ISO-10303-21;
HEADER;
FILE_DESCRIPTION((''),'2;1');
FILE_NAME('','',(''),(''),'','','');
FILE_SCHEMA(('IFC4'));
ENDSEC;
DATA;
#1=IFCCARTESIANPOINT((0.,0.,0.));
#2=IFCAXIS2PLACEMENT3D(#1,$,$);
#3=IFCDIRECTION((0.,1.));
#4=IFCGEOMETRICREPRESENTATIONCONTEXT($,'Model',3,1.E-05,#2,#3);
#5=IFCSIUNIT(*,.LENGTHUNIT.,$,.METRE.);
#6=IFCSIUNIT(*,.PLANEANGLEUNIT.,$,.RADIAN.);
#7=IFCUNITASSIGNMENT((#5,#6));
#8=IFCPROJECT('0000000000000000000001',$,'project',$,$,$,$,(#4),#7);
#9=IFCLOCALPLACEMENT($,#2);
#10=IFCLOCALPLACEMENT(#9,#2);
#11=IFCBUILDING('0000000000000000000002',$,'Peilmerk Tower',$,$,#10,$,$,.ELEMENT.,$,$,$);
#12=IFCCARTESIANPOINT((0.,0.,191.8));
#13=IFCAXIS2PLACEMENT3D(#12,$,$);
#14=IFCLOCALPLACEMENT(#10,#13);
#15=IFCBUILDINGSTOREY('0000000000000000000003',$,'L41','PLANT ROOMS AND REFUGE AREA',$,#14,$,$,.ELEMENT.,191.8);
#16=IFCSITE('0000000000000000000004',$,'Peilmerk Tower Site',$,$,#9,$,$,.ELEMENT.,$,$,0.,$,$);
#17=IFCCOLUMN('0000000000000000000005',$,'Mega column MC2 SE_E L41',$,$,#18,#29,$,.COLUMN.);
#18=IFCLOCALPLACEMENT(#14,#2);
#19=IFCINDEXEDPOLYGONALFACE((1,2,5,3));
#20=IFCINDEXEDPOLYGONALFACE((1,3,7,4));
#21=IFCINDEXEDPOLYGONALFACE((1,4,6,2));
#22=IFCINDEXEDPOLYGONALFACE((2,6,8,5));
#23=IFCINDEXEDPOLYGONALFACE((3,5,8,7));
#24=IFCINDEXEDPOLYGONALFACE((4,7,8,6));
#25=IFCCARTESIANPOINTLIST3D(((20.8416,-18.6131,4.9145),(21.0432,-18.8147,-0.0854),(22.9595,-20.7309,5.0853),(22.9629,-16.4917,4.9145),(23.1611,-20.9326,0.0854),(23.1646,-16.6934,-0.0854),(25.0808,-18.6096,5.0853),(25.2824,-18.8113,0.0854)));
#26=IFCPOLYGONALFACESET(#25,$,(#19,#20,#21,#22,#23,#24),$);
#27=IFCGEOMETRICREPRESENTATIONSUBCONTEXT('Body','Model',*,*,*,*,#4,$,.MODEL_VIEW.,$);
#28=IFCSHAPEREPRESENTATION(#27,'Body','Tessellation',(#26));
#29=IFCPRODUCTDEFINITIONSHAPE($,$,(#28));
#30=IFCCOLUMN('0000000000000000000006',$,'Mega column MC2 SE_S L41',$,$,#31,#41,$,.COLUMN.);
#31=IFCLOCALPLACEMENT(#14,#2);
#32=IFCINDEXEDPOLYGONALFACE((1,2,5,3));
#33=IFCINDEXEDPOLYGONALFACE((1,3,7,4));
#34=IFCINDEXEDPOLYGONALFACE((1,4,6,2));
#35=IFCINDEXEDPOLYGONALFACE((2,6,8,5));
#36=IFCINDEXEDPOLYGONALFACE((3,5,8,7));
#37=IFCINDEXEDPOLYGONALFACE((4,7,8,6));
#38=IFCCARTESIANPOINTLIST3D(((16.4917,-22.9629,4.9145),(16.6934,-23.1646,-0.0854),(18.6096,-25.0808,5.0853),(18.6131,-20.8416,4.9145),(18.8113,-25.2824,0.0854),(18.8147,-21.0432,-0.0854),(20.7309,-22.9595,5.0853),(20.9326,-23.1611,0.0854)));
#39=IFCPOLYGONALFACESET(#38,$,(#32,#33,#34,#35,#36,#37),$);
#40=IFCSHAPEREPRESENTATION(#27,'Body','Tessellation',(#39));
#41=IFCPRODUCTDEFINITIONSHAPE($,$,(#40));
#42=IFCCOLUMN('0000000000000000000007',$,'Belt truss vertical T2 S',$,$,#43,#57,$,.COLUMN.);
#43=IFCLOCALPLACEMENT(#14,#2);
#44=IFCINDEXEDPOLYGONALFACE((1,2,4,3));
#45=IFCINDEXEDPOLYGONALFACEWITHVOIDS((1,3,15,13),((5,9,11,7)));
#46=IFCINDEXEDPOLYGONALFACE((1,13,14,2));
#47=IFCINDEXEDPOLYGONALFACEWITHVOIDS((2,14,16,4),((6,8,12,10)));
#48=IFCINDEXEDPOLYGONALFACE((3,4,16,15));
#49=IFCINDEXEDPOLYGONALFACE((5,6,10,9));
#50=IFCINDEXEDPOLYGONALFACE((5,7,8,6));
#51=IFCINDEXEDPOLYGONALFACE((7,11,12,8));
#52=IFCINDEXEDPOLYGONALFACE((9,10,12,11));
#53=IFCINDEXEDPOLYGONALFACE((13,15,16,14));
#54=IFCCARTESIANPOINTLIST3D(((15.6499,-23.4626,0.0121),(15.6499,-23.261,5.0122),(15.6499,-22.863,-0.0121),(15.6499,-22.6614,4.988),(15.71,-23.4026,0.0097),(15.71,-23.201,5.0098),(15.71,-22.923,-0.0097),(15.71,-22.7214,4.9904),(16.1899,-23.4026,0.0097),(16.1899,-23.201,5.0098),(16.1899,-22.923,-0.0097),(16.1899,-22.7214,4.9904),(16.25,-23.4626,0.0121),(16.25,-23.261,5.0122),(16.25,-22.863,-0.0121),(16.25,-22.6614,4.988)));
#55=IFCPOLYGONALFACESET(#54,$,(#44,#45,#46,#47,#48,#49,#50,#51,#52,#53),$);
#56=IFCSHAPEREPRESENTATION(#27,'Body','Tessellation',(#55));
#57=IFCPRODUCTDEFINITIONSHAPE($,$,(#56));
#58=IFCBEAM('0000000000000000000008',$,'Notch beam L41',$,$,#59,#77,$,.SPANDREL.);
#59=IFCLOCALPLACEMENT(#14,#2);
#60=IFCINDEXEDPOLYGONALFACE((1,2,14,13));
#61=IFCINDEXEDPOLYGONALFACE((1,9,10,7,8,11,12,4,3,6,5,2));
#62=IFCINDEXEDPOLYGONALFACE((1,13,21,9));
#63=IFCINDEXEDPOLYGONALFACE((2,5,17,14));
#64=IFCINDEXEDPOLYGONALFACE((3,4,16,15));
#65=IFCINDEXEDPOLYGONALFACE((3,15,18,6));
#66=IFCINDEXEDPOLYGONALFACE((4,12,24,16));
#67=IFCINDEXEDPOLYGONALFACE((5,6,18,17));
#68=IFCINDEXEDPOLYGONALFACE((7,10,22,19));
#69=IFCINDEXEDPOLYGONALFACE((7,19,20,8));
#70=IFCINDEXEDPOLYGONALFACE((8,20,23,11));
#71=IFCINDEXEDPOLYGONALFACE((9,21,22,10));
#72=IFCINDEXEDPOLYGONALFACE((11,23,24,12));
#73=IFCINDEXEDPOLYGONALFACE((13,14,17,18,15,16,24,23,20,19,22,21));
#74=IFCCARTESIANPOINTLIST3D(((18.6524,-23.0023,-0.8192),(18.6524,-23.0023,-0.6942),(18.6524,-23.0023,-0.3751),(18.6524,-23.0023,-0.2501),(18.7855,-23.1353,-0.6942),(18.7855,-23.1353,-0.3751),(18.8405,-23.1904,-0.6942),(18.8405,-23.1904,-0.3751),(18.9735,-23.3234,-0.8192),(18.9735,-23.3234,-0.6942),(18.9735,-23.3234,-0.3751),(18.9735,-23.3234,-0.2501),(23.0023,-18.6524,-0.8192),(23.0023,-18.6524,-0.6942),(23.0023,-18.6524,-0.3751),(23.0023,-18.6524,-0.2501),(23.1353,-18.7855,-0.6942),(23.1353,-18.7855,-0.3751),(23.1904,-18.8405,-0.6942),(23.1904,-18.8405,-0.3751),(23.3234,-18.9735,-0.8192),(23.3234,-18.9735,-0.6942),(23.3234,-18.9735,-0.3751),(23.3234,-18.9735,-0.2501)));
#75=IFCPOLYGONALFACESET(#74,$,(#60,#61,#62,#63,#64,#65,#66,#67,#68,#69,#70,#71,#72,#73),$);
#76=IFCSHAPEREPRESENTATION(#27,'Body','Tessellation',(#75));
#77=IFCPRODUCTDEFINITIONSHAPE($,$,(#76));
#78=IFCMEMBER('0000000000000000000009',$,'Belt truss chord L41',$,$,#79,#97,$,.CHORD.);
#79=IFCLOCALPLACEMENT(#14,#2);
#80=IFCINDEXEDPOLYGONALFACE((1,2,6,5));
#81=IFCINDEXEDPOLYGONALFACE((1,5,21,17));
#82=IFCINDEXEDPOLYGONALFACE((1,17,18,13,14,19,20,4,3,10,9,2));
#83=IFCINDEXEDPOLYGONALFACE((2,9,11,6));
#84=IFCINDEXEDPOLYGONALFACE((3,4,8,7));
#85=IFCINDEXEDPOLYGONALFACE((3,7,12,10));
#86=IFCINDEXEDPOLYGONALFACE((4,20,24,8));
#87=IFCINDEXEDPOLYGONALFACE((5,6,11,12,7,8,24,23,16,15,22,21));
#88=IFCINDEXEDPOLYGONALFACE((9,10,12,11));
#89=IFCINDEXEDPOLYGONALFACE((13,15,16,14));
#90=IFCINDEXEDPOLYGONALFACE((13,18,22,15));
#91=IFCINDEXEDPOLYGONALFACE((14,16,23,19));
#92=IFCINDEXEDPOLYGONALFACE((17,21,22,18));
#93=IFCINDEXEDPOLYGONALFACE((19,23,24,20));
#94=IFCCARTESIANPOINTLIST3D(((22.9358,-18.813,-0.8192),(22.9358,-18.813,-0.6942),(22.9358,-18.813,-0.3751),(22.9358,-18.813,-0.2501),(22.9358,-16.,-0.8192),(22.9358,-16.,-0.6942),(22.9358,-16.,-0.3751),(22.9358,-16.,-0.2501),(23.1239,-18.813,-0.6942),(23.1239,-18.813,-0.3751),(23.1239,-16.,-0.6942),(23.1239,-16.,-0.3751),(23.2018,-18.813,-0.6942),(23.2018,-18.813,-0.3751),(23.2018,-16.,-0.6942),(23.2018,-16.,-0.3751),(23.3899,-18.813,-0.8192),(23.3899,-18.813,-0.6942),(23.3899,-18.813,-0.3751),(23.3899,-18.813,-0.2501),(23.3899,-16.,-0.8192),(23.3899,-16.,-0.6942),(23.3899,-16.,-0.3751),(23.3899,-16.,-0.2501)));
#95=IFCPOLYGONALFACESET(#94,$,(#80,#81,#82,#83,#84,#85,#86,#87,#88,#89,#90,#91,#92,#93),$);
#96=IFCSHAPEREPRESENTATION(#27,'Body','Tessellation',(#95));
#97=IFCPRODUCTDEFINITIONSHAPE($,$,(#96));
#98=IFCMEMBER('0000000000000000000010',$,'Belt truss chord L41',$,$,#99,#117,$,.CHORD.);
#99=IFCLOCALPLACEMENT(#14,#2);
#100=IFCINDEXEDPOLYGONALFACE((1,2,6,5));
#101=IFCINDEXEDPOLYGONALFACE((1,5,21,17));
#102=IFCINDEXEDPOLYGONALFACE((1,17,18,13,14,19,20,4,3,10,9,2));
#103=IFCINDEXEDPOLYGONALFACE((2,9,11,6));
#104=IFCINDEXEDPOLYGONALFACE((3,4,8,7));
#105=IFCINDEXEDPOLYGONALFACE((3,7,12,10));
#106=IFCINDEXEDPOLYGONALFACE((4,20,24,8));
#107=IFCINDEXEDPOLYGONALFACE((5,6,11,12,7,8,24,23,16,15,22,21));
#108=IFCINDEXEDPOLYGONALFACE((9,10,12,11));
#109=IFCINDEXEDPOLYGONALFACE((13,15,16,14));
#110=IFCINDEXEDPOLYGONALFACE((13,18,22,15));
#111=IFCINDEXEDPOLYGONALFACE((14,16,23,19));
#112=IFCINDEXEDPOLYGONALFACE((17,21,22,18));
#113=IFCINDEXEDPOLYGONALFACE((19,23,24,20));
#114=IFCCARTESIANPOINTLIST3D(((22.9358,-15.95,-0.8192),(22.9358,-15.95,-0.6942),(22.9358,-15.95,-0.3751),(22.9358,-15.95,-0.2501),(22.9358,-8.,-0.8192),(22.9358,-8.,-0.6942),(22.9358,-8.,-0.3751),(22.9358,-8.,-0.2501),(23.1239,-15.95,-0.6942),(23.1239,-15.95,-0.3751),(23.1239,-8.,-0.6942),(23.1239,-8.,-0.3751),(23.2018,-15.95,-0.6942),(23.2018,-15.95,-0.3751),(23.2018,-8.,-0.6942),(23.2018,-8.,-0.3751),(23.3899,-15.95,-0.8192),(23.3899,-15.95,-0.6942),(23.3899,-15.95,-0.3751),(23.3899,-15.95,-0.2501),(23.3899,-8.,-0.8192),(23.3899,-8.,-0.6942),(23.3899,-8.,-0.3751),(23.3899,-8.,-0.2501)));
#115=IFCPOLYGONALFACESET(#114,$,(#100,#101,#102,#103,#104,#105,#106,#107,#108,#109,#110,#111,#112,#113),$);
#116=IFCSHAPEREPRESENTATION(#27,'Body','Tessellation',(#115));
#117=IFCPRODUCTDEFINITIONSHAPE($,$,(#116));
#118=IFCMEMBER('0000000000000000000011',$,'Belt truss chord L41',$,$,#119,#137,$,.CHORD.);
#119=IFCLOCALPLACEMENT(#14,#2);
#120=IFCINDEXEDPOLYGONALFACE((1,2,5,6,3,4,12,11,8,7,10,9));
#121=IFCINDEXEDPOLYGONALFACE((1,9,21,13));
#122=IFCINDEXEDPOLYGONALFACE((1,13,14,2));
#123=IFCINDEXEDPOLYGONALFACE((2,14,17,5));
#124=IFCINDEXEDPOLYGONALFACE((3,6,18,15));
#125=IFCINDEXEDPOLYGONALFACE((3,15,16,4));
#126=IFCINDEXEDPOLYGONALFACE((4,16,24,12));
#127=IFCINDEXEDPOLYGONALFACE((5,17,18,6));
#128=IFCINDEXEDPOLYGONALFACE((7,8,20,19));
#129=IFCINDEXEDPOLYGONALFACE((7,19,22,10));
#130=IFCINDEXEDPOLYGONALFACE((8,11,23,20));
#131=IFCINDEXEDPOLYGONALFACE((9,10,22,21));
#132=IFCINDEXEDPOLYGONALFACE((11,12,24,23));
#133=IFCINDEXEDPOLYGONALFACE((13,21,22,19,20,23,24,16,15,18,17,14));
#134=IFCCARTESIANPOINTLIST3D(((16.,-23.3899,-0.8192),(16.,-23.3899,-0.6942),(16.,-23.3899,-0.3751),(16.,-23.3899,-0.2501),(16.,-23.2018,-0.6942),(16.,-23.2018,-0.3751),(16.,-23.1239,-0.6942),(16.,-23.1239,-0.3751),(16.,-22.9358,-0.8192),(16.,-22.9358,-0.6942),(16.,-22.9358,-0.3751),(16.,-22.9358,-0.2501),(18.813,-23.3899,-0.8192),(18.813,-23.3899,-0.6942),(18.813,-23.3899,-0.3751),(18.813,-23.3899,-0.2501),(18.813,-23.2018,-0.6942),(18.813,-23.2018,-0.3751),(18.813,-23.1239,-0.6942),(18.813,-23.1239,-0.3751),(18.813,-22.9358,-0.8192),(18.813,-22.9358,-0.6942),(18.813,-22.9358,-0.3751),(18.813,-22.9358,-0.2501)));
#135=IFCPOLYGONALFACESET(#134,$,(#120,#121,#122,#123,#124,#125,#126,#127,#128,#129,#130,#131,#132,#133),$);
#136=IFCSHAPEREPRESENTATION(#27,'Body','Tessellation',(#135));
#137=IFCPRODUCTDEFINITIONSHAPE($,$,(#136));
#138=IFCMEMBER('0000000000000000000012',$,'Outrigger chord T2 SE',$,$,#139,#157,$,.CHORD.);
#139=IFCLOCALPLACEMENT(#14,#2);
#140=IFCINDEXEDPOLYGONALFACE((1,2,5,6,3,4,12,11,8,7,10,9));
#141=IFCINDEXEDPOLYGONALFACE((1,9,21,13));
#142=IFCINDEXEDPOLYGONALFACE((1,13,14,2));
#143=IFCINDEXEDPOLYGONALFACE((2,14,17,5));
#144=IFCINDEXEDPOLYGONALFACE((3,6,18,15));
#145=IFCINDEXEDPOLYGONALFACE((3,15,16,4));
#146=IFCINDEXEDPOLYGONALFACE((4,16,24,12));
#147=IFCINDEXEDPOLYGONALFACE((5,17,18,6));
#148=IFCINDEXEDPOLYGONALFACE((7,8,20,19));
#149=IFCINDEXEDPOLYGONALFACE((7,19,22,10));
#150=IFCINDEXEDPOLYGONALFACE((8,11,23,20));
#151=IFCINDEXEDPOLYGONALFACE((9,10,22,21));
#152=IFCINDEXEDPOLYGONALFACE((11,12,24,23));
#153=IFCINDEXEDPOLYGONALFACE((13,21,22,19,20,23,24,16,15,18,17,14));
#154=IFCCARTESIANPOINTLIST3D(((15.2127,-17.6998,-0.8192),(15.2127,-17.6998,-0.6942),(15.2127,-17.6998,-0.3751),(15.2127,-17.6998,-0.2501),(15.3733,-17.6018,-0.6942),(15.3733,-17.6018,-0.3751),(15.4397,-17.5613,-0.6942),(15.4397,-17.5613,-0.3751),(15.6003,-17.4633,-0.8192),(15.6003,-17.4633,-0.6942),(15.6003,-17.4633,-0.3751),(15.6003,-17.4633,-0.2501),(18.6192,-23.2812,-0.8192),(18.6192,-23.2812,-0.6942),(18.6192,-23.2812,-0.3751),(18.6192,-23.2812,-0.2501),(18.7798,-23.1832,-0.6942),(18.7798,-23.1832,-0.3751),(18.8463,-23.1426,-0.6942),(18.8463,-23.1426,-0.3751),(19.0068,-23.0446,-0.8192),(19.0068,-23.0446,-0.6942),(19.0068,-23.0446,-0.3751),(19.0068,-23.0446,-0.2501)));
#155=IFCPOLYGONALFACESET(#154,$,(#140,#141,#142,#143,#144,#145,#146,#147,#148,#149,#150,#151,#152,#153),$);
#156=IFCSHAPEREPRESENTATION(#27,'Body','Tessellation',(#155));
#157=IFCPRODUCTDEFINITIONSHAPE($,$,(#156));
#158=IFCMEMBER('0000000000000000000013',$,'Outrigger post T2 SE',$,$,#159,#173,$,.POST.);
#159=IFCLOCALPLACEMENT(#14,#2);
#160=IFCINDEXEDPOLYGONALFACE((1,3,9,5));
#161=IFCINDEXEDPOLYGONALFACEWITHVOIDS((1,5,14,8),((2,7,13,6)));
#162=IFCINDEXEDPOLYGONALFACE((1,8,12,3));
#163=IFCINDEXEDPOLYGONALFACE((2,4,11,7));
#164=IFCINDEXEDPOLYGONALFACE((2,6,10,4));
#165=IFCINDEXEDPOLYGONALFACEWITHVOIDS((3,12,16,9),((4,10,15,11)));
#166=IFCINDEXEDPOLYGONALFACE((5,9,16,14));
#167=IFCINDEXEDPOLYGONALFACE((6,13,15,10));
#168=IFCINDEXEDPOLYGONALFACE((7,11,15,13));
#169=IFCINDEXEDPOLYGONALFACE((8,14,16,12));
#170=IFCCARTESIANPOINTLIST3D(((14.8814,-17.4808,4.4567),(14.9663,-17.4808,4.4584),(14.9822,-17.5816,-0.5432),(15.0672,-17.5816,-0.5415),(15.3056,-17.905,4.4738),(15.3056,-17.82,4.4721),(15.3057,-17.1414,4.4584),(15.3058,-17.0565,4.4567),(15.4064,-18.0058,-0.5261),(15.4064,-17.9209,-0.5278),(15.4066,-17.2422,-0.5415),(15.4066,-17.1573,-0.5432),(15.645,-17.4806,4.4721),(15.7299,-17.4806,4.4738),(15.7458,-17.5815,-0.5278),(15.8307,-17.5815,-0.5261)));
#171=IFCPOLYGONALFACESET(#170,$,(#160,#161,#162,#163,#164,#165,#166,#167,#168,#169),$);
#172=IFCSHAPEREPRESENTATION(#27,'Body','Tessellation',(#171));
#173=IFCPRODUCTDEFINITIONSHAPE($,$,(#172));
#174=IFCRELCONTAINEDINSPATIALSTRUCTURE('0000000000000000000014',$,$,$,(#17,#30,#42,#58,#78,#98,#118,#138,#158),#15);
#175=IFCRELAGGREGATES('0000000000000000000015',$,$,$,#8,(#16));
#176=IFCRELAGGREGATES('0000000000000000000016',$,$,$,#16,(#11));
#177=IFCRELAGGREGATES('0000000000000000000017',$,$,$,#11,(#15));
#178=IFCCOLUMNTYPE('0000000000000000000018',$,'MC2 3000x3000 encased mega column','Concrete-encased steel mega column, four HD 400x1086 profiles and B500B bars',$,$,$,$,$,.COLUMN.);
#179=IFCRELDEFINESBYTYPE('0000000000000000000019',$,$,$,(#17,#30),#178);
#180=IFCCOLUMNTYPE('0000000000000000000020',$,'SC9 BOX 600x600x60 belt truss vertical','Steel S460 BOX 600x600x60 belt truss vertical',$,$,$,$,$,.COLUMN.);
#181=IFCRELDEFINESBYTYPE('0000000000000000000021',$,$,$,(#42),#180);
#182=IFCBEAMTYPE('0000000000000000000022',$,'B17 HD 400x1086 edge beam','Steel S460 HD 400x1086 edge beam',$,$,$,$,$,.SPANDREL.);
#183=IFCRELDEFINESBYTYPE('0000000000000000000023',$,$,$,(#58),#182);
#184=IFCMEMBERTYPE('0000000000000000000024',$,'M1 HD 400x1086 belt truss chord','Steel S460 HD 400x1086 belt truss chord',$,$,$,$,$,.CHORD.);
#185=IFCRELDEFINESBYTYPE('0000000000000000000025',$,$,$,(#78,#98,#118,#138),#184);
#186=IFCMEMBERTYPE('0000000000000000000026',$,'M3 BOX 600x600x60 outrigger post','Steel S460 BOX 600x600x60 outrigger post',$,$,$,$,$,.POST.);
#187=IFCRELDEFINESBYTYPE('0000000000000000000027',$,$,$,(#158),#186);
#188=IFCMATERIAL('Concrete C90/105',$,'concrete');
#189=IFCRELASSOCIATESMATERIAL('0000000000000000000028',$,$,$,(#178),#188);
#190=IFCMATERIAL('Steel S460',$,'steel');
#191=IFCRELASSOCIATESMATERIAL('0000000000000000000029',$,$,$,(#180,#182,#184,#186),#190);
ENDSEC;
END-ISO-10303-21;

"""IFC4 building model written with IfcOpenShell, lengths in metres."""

from ifc_helpers import new_model, si_unit, direction, frame, origin, origin_2d, place, context, subcontext, project, spatial, rectangle, hollow_rectangle, i_section, extrude, material, material_profile, profile_set, type_object, element, save


model = new_model("IFC4")

# Units and contexts
model_context = context("Model", 3, precision=1e-05, world=origin(), true_north=direction((0.0, 1.0)))
body_context = subcontext(model_context, "Body", "Model", "MODEL_VIEW")
ifc_project = project(units=[si_unit("LENGTHUNIT", "METRE"), si_unit("PLANEANGLEUNIT", "RADIAN")], contexts=[model_context])

# Site, building, storey
site_placement = place(None, origin())
site = spatial("IfcSite", under=ifc_project, at=site_placement, Name="Peilmerk Tower Site", CompositionType="ELEMENT", RefElevation=0.0)
building_placement = place(site_placement, origin())
building = spatial("IfcBuilding", under=site, at=building_placement, Name="Peilmerk Tower", CompositionType="ELEMENT")
storey_placement = place(building_placement, frame((0.0, 0.0, 191.8)))
storey = spatial("IfcBuildingStorey", under=building, at=storey_placement, Name="L41", Description="PLANT ROOMS AND REFUGE AREA", CompositionType="ELEMENT", Elevation=191.8)

# Columns
ifc_material_1 = material(Name="Concrete C90/105", Category="concrete")
ifc_material_profile_1 = material_profile(ifc_material_1, rectangle(XDim=3.0, YDim=3.0, at=origin_2d()), Name="RC 3000x3000")
ifc_profile_set_1 = profile_set([ifc_material_profile_1], Name="Concrete C90/105")
column_type_1 = type_object("IfcColumnType", Name="MC2 3000x3000 encased mega column", Description="Concrete-encased steel mega column, four HD 400x1086 profiles and B500B bars", PredefinedType="COLUMN", material=ifc_profile_set_1)
for number, where, z_axis, x_axis, name in (
    (1, (23.1628, -18.813, 0.0), (-0.040267, 0.040267, 0.998377), (-0.707107, -0.707107, 0.0), "Mega column MC2 SE_E L41"),
    (2, (18.813, -23.1628, 0.0), (-0.040267, 0.040267, 0.998377), (-0.707107, -0.707107, 0.0), "Mega column MC2 SE_S L41"),
):
    element("IfcColumn", number, at=place(storey_placement, frame(where, z_axis=z_axis, x_axis=x_axis)), inside=storey, type_object=column_type_1, Name=name, PredefinedType="COLUMN", context=body_context, shape_type="SweptSolid", body=[
        extrude(rectangle(XDim=3.0, YDim=3.0, at=origin_2d()), origin(), (0.0, 0.0, 1.0), 5.0081),
    ])
ifc_material_2 = material(Name="Steel S460", Category="steel")
ifc_material_profile_2 = material_profile(ifc_material_2, hollow_rectangle(XDim=0.6001, YDim=0.6001, WallThickness=0.0601, at=origin_2d()), Name="BOX 600x600x60")
ifc_profile_set_2 = profile_set([ifc_material_profile_2], Name="Steel S460")
column_type_2 = type_object("IfcColumnType", Name="SC9 BOX 600x600x60 belt truss vertical", Description="Steel S460 BOX 600x600x60 belt truss vertical", PredefinedType="COLUMN", material=ifc_profile_set_2)
column_placement = place(storey_placement, frame((15.95, -23.1628, 0.0), z_axis=(0.0, 0.040299, 0.999188), x_axis=(-1.0, 0.0, 0.0)))
element("IfcColumn", 3, at=column_placement, inside=storey, type_object=column_type_2, Name="Belt truss vertical T2 S", PredefinedType="COLUMN", context=body_context, shape_type="SweptSolid", body=[
    extrude(hollow_rectangle(XDim=0.6001, YDim=0.6001, WallThickness=0.0601, at=origin_2d()), origin(), (0.0, 0.0, 1.0), 5.0042),
])

# Beam
ifc_material_profile_3 = material_profile(ifc_material_2, i_section(OverallWidth=0.4541, OverallDepth=0.5691, WebThickness=0.0779, FlangeThickness=0.125, at=origin_2d()), Name="HD 400x1086")
ifc_profile_set_3 = profile_set([ifc_material_profile_3], Name="Steel S460")
beam_type = type_object("IfcBeamType", Name="B17 HD 400x1086 edge beam", Description="Steel S460 HD 400x1086 edge beam", PredefinedType="SPANDREL", material=ifc_profile_set_3)
beam_placement = place(storey_placement, frame((23.1628, -18.813, -0.5347), z_axis=(-0.707107, -0.707107, 0.0), x_axis=(0.707107, -0.707107, 0.0)))
element("IfcBeam", 4, at=beam_placement, inside=storey, type_object=beam_type, Name="Notch beam L41", PredefinedType="SPANDREL", context=body_context, shape_type="SweptSolid", body=[
    extrude(i_section(OverallWidth=0.4541, OverallDepth=0.5691, WebThickness=0.0779, FlangeThickness=0.125, at=origin_2d()), origin(), (0.0, 0.0, 1.0), 6.1516),
])

# Members
ifc_material_profile_4 = material_profile(ifc_material_2, i_section(OverallWidth=0.4541, OverallDepth=0.5691, WebThickness=0.0779, FlangeThickness=0.125, at=origin_2d()), Name="HD 400x1086")
ifc_profile_set_4 = profile_set([ifc_material_profile_4], Name="Steel S460")
member_type_1 = type_object("IfcMemberType", Name="M1 HD 400x1086 belt truss chord", Description="Steel S460 HD 400x1086 belt truss chord", PredefinedType="CHORD", material=ifc_profile_set_4)
member_1_placement = place(storey_placement, frame((23.1628, -18.813, -0.5347), z_axis=(0.0, 1.0, 0.0), x_axis=(-1.0, 0.0, 0.0)))
element("IfcMember", 5, at=member_1_placement, inside=storey, type_object=member_type_1, Name="Belt truss chord L41", PredefinedType="CHORD", context=body_context, shape_type="SweptSolid", body=[
    extrude(i_section(OverallWidth=0.4541, OverallDepth=0.5691, WebThickness=0.0779, FlangeThickness=0.125, at=origin_2d()), origin(), (0.0, 0.0, 1.0), 2.813),
])
member_2_placement = place(storey_placement, frame((23.1628, -15.95, -0.5347), z_axis=(0.0, 1.0, 0.0), x_axis=(-1.0, 0.0, 0.0)))
element("IfcMember", 6, at=member_2_placement, inside=storey, type_object=member_type_1, Name="Belt truss chord L41", PredefinedType="CHORD", context=body_context, shape_type="SweptSolid", body=[
    extrude(i_section(OverallWidth=0.4541, OverallDepth=0.5691, WebThickness=0.0779, FlangeThickness=0.125, at=origin_2d()), origin(), (0.0, 0.0, 1.0), 7.95),
])
member_3_placement = place(storey_placement, frame((16.0, -23.1628, -0.5347), z_axis=(1.0, 0.0, 0.0), x_axis=(0.0, 1.0, 0.0)))
element("IfcMember", 7, at=member_3_placement, inside=storey, type_object=member_type_1, Name="Belt truss chord L41", PredefinedType="CHORD", context=body_context, shape_type="SweptSolid", body=[
    extrude(i_section(OverallWidth=0.4541, OverallDepth=0.5691, WebThickness=0.0779, FlangeThickness=0.125, at=origin_2d()), origin(), (0.0, 0.0, 1.0), 2.813),
])
member_4_placement = place(storey_placement, frame((15.4065, -17.5815, -0.5347), z_axis=(0.520971, -0.853574, 0.0), x_axis=(0.853574, 0.520971, 0.0)))
element("IfcMember", 8, at=member_4_placement, inside=storey, type_object=member_type_1, Name="Outrigger chord T2 SE", PredefinedType="CHORD", context=body_context, shape_type="SweptSolid", body=[
    extrude(i_section(OverallWidth=0.4541, OverallDepth=0.5691, WebThickness=0.0779, FlangeThickness=0.125, at=origin_2d()), origin(), (0.0, 0.0, 1.0), 6.5388),
])
ifc_material_profile_5 = material_profile(ifc_material_2, hollow_rectangle(XDim=0.6001, YDim=0.6001, WallThickness=0.0601, at=origin_2d()), Name="BOX 600x600x60")
ifc_profile_set_5 = profile_set([ifc_material_profile_5], Name="Steel S460")
member_type_2 = type_object("IfcMemberType", Name="M3 BOX 600x600x60 outrigger post", Description="Steel S460 BOX 600x600x60 outrigger post", PredefinedType="POST", material=ifc_profile_set_5)
member_5_placement = place(storey_placement, frame((15.4065, -17.5815, -0.5347), z_axis=(-0.020158, 0.020158, 0.999594), x_axis=(-0.707107, -0.707107, 0.0)))
element("IfcMember", 9, at=member_5_placement, inside=storey, type_object=member_type_2, Name="Outrigger post T2 SE", PredefinedType="POST", context=body_context, shape_type="SweptSolid", body=[
    extrude(hollow_rectangle(XDim=0.6001, YDim=0.6001, WallThickness=0.0601, at=origin_2d()), origin(), (0.0, 0.0, 1.0), 5.002),
])

save(model, "model.ifc")
